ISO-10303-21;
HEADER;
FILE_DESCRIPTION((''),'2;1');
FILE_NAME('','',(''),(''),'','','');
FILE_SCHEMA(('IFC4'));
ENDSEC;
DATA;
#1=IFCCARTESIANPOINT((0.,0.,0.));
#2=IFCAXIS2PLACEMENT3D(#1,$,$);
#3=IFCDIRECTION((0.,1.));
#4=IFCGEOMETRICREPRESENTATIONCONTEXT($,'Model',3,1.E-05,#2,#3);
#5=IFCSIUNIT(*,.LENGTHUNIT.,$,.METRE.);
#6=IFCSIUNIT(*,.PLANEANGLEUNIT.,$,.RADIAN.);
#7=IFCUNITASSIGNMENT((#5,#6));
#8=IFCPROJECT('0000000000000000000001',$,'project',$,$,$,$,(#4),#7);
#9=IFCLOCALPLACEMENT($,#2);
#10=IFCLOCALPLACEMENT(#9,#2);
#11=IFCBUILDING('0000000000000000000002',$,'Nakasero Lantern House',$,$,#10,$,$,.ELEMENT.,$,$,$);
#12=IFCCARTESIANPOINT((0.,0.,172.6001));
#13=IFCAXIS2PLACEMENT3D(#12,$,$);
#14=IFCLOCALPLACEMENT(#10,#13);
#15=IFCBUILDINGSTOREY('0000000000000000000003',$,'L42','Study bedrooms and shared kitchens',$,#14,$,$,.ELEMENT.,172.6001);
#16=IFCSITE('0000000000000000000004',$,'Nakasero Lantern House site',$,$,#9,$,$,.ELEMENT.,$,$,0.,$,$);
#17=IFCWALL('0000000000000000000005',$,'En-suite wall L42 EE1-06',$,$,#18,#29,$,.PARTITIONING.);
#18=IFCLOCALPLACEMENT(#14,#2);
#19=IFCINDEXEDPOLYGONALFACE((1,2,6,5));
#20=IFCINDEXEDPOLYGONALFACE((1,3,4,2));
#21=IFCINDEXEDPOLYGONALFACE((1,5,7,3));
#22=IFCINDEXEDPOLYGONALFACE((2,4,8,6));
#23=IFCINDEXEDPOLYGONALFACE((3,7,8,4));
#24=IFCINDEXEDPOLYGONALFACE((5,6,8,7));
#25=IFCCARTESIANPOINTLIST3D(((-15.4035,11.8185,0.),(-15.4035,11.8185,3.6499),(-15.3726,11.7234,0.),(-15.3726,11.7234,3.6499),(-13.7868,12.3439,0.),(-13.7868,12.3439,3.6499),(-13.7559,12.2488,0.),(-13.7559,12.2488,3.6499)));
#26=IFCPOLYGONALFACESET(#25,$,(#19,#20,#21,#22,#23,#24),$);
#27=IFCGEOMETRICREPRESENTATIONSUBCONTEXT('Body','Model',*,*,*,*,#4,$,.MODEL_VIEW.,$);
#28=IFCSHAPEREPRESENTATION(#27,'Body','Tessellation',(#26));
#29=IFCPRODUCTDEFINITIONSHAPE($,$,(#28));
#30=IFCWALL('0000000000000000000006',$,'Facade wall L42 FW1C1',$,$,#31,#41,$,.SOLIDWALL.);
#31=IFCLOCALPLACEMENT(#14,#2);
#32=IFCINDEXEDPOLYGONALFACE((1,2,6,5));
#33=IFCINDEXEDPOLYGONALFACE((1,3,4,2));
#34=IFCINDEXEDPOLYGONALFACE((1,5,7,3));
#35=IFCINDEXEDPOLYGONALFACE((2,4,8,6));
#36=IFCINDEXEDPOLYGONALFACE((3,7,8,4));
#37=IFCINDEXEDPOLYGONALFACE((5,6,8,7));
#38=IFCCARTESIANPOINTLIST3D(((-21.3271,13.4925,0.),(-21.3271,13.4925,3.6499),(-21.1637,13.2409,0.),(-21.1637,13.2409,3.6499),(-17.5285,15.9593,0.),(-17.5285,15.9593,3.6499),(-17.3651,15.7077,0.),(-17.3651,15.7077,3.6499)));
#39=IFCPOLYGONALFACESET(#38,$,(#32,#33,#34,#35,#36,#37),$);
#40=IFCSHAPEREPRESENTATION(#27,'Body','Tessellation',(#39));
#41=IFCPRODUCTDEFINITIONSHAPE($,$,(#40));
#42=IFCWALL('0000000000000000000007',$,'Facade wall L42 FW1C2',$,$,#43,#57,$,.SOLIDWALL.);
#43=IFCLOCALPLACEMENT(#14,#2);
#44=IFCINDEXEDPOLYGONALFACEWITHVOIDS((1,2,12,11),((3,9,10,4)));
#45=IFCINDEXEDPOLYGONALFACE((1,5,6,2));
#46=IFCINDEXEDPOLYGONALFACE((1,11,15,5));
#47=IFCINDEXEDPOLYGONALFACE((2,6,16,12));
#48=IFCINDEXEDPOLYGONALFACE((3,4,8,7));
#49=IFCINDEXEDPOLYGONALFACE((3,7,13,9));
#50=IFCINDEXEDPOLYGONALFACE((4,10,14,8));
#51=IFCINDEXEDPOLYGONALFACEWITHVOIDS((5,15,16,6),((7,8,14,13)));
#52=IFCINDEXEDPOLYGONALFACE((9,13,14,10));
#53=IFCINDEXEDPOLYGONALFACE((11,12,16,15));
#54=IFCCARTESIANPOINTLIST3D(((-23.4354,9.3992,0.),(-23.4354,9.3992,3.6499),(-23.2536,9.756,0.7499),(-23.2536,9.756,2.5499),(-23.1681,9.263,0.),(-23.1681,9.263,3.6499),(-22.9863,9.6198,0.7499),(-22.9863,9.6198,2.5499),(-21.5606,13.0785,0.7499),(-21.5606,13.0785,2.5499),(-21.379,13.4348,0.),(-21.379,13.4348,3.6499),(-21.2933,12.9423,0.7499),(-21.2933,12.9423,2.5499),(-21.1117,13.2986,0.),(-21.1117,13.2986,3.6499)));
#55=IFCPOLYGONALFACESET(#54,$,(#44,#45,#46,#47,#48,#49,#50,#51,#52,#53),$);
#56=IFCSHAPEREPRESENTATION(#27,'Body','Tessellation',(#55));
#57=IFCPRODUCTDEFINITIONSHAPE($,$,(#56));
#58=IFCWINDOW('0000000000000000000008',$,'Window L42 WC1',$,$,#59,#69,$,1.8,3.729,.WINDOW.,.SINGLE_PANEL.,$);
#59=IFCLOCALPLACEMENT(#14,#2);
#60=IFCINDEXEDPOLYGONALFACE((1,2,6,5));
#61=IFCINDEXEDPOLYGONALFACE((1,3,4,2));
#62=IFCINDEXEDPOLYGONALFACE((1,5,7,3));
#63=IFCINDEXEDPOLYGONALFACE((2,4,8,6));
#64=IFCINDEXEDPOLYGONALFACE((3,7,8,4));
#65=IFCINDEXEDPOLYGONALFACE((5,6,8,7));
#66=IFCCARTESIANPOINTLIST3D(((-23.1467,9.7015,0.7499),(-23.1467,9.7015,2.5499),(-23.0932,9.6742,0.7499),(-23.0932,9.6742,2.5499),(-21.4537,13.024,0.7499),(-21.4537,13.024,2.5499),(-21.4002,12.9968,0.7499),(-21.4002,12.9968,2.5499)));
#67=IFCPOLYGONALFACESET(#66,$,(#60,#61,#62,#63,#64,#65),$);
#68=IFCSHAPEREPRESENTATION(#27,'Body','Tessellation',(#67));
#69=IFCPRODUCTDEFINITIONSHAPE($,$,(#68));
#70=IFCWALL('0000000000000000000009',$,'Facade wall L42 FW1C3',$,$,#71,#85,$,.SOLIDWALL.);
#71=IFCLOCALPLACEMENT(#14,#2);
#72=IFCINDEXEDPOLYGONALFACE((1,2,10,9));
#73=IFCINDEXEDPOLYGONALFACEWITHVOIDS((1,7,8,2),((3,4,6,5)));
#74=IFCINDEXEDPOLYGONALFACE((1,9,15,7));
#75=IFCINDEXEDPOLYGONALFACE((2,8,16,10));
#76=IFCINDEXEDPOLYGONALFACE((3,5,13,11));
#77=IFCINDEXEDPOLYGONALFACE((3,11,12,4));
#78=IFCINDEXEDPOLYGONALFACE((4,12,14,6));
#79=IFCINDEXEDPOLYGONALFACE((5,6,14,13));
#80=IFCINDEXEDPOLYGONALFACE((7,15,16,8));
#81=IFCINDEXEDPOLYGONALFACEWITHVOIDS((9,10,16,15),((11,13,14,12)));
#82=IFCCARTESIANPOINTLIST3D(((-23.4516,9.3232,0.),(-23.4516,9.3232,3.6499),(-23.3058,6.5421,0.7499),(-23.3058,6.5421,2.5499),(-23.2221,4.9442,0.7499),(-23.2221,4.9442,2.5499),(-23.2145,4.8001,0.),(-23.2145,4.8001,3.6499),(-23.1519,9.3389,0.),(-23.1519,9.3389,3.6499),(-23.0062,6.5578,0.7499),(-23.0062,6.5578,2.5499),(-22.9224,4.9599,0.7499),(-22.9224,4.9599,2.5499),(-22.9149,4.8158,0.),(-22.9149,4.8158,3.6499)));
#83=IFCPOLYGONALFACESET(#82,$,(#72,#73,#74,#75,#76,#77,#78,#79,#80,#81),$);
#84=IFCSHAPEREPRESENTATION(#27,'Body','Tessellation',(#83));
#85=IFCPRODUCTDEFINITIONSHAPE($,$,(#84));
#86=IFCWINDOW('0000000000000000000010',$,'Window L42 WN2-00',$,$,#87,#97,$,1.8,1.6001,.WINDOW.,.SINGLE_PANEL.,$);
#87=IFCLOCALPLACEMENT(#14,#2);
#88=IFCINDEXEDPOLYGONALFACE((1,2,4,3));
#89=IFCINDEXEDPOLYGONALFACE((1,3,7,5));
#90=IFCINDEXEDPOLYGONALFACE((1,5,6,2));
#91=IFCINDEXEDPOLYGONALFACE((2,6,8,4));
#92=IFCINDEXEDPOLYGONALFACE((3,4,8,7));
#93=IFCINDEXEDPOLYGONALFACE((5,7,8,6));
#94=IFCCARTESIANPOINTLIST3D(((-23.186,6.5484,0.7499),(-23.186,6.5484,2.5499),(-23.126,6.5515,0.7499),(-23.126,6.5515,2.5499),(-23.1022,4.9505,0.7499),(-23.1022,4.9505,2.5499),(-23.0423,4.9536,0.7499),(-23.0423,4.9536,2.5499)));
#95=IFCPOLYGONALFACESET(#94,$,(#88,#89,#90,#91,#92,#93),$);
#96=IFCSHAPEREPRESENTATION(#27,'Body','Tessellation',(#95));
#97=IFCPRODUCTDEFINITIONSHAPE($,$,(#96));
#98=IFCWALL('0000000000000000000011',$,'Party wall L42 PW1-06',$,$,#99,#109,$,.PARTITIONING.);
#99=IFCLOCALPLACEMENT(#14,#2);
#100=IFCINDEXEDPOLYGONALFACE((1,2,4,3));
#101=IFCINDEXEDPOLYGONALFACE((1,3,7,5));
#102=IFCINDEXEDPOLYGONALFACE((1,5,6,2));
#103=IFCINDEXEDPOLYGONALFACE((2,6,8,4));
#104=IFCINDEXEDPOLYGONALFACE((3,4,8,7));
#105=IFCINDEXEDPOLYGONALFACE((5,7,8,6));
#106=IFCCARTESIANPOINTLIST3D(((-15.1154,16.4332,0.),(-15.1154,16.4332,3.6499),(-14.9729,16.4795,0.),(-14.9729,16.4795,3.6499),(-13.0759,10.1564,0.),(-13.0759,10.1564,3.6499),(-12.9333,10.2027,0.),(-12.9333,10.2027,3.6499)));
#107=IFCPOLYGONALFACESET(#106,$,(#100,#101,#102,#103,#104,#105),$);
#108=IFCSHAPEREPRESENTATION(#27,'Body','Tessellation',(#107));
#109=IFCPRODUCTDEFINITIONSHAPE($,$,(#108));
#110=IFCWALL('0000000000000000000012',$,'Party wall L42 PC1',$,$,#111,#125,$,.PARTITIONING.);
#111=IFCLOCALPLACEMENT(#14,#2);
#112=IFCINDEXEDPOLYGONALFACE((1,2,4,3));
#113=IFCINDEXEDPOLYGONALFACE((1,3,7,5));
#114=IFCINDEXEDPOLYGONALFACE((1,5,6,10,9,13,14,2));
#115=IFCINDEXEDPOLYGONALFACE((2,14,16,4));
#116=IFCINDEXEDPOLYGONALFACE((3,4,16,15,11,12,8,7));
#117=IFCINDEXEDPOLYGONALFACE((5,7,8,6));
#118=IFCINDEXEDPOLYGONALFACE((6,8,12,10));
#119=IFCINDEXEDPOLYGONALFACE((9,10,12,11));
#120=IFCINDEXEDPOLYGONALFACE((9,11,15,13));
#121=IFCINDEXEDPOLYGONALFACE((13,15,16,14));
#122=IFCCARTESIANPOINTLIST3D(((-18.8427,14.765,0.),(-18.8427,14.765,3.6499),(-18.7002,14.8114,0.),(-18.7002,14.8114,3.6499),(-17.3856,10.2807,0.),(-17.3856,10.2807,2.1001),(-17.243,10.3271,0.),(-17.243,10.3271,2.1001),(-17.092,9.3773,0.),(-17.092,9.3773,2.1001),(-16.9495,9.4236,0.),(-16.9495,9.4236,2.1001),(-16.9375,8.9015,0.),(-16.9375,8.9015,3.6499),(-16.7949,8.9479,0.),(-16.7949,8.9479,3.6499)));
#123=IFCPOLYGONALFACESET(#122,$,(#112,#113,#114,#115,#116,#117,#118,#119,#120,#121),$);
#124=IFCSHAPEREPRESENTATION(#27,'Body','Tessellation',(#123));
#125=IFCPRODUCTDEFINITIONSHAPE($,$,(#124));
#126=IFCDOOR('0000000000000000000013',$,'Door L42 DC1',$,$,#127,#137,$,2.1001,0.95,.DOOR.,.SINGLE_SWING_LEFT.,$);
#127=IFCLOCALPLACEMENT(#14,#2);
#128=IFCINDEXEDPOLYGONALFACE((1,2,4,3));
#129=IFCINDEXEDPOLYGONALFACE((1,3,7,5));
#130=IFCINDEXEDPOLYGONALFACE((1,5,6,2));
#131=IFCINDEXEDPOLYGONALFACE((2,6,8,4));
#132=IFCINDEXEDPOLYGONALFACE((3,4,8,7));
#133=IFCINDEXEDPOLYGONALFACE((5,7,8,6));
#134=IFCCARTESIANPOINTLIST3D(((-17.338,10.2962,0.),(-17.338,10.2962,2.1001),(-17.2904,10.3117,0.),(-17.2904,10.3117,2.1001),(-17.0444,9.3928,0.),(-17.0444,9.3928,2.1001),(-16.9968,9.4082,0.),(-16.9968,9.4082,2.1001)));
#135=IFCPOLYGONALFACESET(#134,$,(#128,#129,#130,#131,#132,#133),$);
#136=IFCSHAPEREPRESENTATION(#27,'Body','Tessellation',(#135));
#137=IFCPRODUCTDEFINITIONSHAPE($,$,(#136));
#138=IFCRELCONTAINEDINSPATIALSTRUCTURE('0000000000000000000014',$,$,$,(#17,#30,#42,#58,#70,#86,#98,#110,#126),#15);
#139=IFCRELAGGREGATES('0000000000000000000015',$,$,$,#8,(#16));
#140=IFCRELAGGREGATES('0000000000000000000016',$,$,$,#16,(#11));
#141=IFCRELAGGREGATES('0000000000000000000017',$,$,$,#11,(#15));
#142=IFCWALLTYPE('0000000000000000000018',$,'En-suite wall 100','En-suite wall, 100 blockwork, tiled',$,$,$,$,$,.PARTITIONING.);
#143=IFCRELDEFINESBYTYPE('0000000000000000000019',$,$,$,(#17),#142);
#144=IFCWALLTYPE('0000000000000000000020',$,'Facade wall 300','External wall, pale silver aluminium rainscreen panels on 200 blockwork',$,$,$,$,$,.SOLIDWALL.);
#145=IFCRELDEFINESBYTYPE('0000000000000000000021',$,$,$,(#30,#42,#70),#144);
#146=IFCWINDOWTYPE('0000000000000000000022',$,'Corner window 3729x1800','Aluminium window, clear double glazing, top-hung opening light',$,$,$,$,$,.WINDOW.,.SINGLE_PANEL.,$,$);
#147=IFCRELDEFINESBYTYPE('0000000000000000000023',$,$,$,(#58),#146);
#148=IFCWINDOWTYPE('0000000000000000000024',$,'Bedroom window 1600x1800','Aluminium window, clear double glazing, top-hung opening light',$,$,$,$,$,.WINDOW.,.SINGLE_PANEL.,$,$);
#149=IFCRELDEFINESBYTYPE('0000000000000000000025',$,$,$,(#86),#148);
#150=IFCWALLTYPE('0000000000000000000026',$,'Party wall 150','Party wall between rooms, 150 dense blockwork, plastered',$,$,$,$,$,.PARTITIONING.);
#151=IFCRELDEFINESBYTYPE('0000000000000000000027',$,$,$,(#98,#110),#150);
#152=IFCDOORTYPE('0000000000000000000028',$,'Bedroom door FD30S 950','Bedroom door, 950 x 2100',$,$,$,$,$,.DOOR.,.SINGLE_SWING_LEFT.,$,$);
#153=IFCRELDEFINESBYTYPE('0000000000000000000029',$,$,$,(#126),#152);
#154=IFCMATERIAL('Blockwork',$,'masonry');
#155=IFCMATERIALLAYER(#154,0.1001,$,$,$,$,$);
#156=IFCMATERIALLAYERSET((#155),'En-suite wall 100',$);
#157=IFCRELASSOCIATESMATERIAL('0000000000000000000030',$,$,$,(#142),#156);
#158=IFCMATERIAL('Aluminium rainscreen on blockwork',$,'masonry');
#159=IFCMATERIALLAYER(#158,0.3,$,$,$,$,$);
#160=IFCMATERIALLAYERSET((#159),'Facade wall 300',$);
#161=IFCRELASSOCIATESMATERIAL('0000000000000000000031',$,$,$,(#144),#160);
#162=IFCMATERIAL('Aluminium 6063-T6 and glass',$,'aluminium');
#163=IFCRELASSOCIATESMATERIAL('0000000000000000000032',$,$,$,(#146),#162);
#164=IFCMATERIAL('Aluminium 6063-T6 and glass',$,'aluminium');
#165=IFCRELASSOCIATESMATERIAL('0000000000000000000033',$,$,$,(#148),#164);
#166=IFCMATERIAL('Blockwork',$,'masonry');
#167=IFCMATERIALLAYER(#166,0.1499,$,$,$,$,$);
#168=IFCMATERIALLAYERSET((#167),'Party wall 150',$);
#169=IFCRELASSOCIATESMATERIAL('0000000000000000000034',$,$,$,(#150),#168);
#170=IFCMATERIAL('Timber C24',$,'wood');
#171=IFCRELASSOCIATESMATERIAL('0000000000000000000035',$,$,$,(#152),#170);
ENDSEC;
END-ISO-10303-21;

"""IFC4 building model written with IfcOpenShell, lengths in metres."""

from ifc_helpers import new_model, si_unit, direction, frame, frame_2d, origin, place, context, subcontext, project, spatial, rectangle, extrude, material, layer, layer_set, type_object, element, fill, save


model = new_model("IFC4")

# Units and contexts
model_context = context("Model", 3, precision=1e-05, world=origin(), true_north=direction((0.0, 1.0)))
body_context = subcontext(model_context, "Body", "Model", "MODEL_VIEW")
ifc_project = project(units=[si_unit("LENGTHUNIT", "METRE"), si_unit("PLANEANGLEUNIT", "RADIAN")], contexts=[model_context])

# Site, building, storey
site_placement = place(None, origin())
site = spatial("IfcSite", under=ifc_project, at=site_placement, Name="Nakasero Lantern House site", CompositionType="ELEMENT", RefElevation=0.0)
building_placement = place(site_placement, origin())
building = spatial("IfcBuilding", under=site, at=building_placement, Name="Nakasero Lantern House", CompositionType="ELEMENT")
storey_placement = place(building_placement, frame((0.0, 0.0, 172.6001)))
storey = spatial("IfcBuildingStorey", under=building, at=storey_placement, Name="L42", Description="Study bedrooms and shared kitchens", CompositionType="ELEMENT", Elevation=172.6001)

# Shared definitions
ifc_material_1 = material(Name="Blockwork", Category="masonry")
ifc_layer_1 = layer(ifc_material_1, 0.1001)
ifc_layer_set_1 = layer_set([ifc_layer_1], Name="En-suite wall 100")
wall_type_1 = type_object("IfcWallType", Name="En-suite wall 100", Description="En-suite wall, 100 blockwork, tiled", PredefinedType="PARTITIONING", material=ifc_layer_set_1)

# Walls
wall_1_placement = place(storey_placement, frame((-13.7712, 12.2964, 0.0), z_axis=(0.0, 0.0, 1.0), x_axis=(-0.95104, -0.309067, 0.0)))
element("IfcWall", 1, at=wall_1_placement, inside=storey, type_object=wall_type_1, Name="En-suite wall L42 EE1-06", PredefinedType="PARTITIONING", context=body_context, shape_type="SweptSolid", body=[
    extrude(rectangle(XDim=1.7, YDim=0.1001, at=frame_2d((0.8501, 0.0))), origin(), (0.0, 0.0, 1.0), 3.6499),
])
ifc_material_2 = material(Name="Aluminium rainscreen on blockwork", Category="masonry")
ifc_layer_2 = layer(ifc_material_2, 0.3)
ifc_layer_set_2 = layer_set([ifc_layer_2], Name="Facade wall 300")
wall_type_2 = type_object("IfcWallType", Name="Facade wall 300", Description="External wall, pale silver aluminium rainscreen panels on 200 blockwork", PredefinedType="SOLIDWALL", material=ifc_layer_set_2)
wall_2_placement = place(storey_placement, frame((-17.4468, 15.8335, 0.0), z_axis=(0.0, 0.0, 1.0), x_axis=(-0.838674, -0.544634, 0.0)))
element("IfcWall", 2, at=wall_2_placement, inside=storey, type_object=wall_type_2, Name="Facade wall L42 FW1C1", PredefinedType="SOLIDWALL", context=body_context, shape_type="SweptSolid", body=[
    extrude(rectangle(XDim=4.5293, YDim=0.3, at=frame_2d((2.2646, 0.0))), origin(), (0.0, 0.0, 1.0), 3.6499),
])

# Walls, openings, windows
wall_3_placement = place(storey_placement, frame((-21.2454, 13.3667, 0.0), z_axis=(0.0, 0.0, 1.0), x_axis=(-0.454014, -0.890995, 0.0)))
wall_3 = element("IfcWall", 3, at=wall_3_placement, inside=storey, type_object=wall_type_2, Name="Facade wall L42 FW1C2", PredefinedType="SOLIDWALL", context=body_context, shape_type="SweptSolid", body=[
    extrude(rectangle(XDim=4.5293, YDim=0.3, at=frame_2d((2.2646, 0.0))), origin(), (0.0, 0.0, 1.0), 3.6499),
])
opening_1_placement = place(wall_3_placement, frame((0.3999, 0.0, 0.75)))
opening_1 = element("IfcOpeningElement", 4, at=opening_1_placement, cuts=wall_3, PredefinedType="OPENING", context=body_context, shape_type="SweptSolid", body=[
    extrude(rectangle(XDim=3.729, YDim=1.8, at=frame_2d((1.8645, 0.8999))), frame((0.0, 0.1699, 0.0), z_axis=(0.0, -1.0, 0.0), x_axis=(1.0, 0.0, 0.0)), (0.0, 0.0, 1.0), 0.3401),
])
ifc_material_3 = material(Name="Aluminium 6063-T6 and glass", Category="aluminium")
window_type_1 = type_object("IfcWindowType", Name="Corner window 3729x1800", Description="Aluminium window, clear double glazing, top-hung opening light", PartitioningType="SINGLE_PANEL", PredefinedType="WINDOW", material=ifc_material_3)
window_1_placement = place(opening_1_placement, origin())
window_1 = element("IfcWindow", 5, at=window_1_placement, inside=storey, type_object=window_type_1, Name="Window L42 WC1", OverallHeight=1.8, OverallWidth=3.729, PartitioningType="SINGLE_PANEL", PredefinedType="WINDOW", context=body_context, shape_type="SweptSolid", body=[
    extrude(rectangle(XDim=3.729, YDim=1.8, at=frame_2d((1.8645, 0.8999))), frame((0.0, 0.03, 0.0), z_axis=(0.0, -1.0, 0.0), x_axis=(1.0, 0.0, 0.0)), (0.0, 0.0, 1.0), 0.0601),
])
fill(opening_1, window_1)
wall_4_placement = place(storey_placement, frame((-23.3018, 9.3311, 0.0), z_axis=(0.0, 0.0, 1.0), x_axis=(0.052338, -0.998629, 0.0)))
wall_4 = element("IfcWall", 6, at=wall_4_placement, inside=storey, type_object=wall_type_2, Name="Facade wall L42 FW1C3", PredefinedType="SOLIDWALL", context=body_context, shape_type="SweptSolid", body=[
    extrude(rectangle(XDim=4.5293, YDim=0.3, at=frame_2d((2.2646, 0.0))), origin(), (0.0, 0.0, 1.0), 3.6499),
])
opening_2_placement = place(wall_4_placement, frame((2.7849, 0.0, 0.75)))
opening_2 = element("IfcOpeningElement", 7, at=opening_2_placement, cuts=wall_4, PredefinedType="OPENING", context=body_context, shape_type="SweptSolid", body=[
    extrude(rectangle(XDim=1.6001, YDim=1.8, at=frame_2d((0.8, 0.8999))), frame((0.0, 0.1699, 0.0), z_axis=(0.0, -1.0, 0.0), x_axis=(1.0, 0.0, 0.0)), (0.0, 0.0, 1.0), 0.3401),
])
ifc_material_4 = material(Name="Aluminium 6063-T6 and glass", Category="aluminium")
window_type_2 = type_object("IfcWindowType", Name="Bedroom window 1600x1800", Description="Aluminium window, clear double glazing, top-hung opening light", PartitioningType="SINGLE_PANEL", PredefinedType="WINDOW", material=ifc_material_4)
window_2_placement = place(opening_2_placement, origin())
window_2 = element("IfcWindow", 8, at=window_2_placement, inside=storey, type_object=window_type_2, Name="Window L42 WN2-00", OverallHeight=1.8, OverallWidth=1.6001, PartitioningType="SINGLE_PANEL", PredefinedType="WINDOW", context=body_context, shape_type="SweptSolid", body=[
    extrude(rectangle(XDim=1.6001, YDim=1.8, at=frame_2d((0.8, 0.8999))), frame((0.0, 0.03, 0.0), z_axis=(0.0, -1.0, 0.0), x_axis=(1.0, 0.0, 0.0)), (0.0, 0.0, 1.0), 0.0601),
])
fill(opening_2, window_2)

# Wall
ifc_material_5 = material(Name="Blockwork", Category="masonry")
ifc_layer_3 = layer(ifc_material_5, 0.1499)
ifc_layer_set_3 = layer_set([ifc_layer_3], Name="Party wall 150")
wall_type_3 = type_object("IfcWallType", Name="Party wall 150", Description="Party wall between rooms, 150 dense blockwork, plastered", PredefinedType="PARTITIONING", material=ifc_layer_set_3)
wall_5_placement = place(storey_placement, frame((-13.0046, 10.1797, 0.0), z_axis=(0.0, 0.0, 1.0), x_axis=(-0.309028, 0.951053, 0.0)))
element("IfcWall", 9, at=wall_5_placement, inside=storey, type_object=wall_type_3, Name="Party wall L42 PW1-06", PredefinedType="PARTITIONING", context=body_context, shape_type="SweptSolid", body=[
    extrude(rectangle(XDim=6.5999, YDim=0.1499, at=frame_2d((3.2998, 0.0))), origin(), (0.0, 0.0, 1.0), 3.6499),
])

# Wall, opening, door
wall_6_placement = place(storey_placement, frame((-16.8662, 8.9248, 0.0), z_axis=(0.0, 0.0, 1.0), x_axis=(-0.309031, 0.951052, 0.0)))
wall_6 = element("IfcWall", 10, at=wall_6_placement, inside=storey, type_object=wall_type_3, Name="Party wall L42 PC1", PredefinedType="PARTITIONING", context=body_context, shape_type="SweptSolid", body=[
    extrude(rectangle(XDim=6.1653, YDim=0.1499, at=frame_2d((3.0825, 0.0))), origin(), (0.0, 0.0, 1.0), 3.6499),
])
opening_3_placement = place(wall_6_placement, frame((0.5, 0.0, 0.0)))
opening_3 = element("IfcOpeningElement", 11, at=opening_3_placement, cuts=wall_6, PredefinedType="OPENING", context=body_context, shape_type="SweptSolid", body=[
    extrude(rectangle(XDim=0.95, YDim=2.1001, at=frame_2d((0.4751, 1.05))), frame((0.0, 0.095, 0.0), z_axis=(0.0, -1.0, 0.0), x_axis=(1.0, 0.0, 0.0)), (0.0, 0.0, 1.0), 0.1899),
])
ifc_material_6 = material(Name="Timber C24", Category="wood")
door_type_1 = type_object("IfcDoorType", Name="Bedroom door FD30S 950", Description="Bedroom door, 950 x 2100", OperationType="SINGLE_SWING_LEFT", PredefinedType="DOOR", material=ifc_material_6)
door_1_placement = place(opening_3_placement, origin())
door_1 = element("IfcDoor", 12, at=door_1_placement, inside=storey, type_object=door_type_1, Name="Door L42 DC1", OperationType="SINGLE_SWING_LEFT", OverallHeight=2.1001, OverallWidth=0.95, PredefinedType="DOOR", context=body_context, shape_type="SweptSolid", body=[
    extrude(rectangle(XDim=0.95, YDim=2.1001, at=frame_2d((0.4751, 1.05))), frame((0.0, 0.0249, 0.0), z_axis=(0.0, -1.0, 0.0), x_axis=(1.0, 0.0, 0.0)), (0.0, 0.0, 1.0), 0.05),
])
fill(opening_3, door_1)

save(model, "model.ifc")
